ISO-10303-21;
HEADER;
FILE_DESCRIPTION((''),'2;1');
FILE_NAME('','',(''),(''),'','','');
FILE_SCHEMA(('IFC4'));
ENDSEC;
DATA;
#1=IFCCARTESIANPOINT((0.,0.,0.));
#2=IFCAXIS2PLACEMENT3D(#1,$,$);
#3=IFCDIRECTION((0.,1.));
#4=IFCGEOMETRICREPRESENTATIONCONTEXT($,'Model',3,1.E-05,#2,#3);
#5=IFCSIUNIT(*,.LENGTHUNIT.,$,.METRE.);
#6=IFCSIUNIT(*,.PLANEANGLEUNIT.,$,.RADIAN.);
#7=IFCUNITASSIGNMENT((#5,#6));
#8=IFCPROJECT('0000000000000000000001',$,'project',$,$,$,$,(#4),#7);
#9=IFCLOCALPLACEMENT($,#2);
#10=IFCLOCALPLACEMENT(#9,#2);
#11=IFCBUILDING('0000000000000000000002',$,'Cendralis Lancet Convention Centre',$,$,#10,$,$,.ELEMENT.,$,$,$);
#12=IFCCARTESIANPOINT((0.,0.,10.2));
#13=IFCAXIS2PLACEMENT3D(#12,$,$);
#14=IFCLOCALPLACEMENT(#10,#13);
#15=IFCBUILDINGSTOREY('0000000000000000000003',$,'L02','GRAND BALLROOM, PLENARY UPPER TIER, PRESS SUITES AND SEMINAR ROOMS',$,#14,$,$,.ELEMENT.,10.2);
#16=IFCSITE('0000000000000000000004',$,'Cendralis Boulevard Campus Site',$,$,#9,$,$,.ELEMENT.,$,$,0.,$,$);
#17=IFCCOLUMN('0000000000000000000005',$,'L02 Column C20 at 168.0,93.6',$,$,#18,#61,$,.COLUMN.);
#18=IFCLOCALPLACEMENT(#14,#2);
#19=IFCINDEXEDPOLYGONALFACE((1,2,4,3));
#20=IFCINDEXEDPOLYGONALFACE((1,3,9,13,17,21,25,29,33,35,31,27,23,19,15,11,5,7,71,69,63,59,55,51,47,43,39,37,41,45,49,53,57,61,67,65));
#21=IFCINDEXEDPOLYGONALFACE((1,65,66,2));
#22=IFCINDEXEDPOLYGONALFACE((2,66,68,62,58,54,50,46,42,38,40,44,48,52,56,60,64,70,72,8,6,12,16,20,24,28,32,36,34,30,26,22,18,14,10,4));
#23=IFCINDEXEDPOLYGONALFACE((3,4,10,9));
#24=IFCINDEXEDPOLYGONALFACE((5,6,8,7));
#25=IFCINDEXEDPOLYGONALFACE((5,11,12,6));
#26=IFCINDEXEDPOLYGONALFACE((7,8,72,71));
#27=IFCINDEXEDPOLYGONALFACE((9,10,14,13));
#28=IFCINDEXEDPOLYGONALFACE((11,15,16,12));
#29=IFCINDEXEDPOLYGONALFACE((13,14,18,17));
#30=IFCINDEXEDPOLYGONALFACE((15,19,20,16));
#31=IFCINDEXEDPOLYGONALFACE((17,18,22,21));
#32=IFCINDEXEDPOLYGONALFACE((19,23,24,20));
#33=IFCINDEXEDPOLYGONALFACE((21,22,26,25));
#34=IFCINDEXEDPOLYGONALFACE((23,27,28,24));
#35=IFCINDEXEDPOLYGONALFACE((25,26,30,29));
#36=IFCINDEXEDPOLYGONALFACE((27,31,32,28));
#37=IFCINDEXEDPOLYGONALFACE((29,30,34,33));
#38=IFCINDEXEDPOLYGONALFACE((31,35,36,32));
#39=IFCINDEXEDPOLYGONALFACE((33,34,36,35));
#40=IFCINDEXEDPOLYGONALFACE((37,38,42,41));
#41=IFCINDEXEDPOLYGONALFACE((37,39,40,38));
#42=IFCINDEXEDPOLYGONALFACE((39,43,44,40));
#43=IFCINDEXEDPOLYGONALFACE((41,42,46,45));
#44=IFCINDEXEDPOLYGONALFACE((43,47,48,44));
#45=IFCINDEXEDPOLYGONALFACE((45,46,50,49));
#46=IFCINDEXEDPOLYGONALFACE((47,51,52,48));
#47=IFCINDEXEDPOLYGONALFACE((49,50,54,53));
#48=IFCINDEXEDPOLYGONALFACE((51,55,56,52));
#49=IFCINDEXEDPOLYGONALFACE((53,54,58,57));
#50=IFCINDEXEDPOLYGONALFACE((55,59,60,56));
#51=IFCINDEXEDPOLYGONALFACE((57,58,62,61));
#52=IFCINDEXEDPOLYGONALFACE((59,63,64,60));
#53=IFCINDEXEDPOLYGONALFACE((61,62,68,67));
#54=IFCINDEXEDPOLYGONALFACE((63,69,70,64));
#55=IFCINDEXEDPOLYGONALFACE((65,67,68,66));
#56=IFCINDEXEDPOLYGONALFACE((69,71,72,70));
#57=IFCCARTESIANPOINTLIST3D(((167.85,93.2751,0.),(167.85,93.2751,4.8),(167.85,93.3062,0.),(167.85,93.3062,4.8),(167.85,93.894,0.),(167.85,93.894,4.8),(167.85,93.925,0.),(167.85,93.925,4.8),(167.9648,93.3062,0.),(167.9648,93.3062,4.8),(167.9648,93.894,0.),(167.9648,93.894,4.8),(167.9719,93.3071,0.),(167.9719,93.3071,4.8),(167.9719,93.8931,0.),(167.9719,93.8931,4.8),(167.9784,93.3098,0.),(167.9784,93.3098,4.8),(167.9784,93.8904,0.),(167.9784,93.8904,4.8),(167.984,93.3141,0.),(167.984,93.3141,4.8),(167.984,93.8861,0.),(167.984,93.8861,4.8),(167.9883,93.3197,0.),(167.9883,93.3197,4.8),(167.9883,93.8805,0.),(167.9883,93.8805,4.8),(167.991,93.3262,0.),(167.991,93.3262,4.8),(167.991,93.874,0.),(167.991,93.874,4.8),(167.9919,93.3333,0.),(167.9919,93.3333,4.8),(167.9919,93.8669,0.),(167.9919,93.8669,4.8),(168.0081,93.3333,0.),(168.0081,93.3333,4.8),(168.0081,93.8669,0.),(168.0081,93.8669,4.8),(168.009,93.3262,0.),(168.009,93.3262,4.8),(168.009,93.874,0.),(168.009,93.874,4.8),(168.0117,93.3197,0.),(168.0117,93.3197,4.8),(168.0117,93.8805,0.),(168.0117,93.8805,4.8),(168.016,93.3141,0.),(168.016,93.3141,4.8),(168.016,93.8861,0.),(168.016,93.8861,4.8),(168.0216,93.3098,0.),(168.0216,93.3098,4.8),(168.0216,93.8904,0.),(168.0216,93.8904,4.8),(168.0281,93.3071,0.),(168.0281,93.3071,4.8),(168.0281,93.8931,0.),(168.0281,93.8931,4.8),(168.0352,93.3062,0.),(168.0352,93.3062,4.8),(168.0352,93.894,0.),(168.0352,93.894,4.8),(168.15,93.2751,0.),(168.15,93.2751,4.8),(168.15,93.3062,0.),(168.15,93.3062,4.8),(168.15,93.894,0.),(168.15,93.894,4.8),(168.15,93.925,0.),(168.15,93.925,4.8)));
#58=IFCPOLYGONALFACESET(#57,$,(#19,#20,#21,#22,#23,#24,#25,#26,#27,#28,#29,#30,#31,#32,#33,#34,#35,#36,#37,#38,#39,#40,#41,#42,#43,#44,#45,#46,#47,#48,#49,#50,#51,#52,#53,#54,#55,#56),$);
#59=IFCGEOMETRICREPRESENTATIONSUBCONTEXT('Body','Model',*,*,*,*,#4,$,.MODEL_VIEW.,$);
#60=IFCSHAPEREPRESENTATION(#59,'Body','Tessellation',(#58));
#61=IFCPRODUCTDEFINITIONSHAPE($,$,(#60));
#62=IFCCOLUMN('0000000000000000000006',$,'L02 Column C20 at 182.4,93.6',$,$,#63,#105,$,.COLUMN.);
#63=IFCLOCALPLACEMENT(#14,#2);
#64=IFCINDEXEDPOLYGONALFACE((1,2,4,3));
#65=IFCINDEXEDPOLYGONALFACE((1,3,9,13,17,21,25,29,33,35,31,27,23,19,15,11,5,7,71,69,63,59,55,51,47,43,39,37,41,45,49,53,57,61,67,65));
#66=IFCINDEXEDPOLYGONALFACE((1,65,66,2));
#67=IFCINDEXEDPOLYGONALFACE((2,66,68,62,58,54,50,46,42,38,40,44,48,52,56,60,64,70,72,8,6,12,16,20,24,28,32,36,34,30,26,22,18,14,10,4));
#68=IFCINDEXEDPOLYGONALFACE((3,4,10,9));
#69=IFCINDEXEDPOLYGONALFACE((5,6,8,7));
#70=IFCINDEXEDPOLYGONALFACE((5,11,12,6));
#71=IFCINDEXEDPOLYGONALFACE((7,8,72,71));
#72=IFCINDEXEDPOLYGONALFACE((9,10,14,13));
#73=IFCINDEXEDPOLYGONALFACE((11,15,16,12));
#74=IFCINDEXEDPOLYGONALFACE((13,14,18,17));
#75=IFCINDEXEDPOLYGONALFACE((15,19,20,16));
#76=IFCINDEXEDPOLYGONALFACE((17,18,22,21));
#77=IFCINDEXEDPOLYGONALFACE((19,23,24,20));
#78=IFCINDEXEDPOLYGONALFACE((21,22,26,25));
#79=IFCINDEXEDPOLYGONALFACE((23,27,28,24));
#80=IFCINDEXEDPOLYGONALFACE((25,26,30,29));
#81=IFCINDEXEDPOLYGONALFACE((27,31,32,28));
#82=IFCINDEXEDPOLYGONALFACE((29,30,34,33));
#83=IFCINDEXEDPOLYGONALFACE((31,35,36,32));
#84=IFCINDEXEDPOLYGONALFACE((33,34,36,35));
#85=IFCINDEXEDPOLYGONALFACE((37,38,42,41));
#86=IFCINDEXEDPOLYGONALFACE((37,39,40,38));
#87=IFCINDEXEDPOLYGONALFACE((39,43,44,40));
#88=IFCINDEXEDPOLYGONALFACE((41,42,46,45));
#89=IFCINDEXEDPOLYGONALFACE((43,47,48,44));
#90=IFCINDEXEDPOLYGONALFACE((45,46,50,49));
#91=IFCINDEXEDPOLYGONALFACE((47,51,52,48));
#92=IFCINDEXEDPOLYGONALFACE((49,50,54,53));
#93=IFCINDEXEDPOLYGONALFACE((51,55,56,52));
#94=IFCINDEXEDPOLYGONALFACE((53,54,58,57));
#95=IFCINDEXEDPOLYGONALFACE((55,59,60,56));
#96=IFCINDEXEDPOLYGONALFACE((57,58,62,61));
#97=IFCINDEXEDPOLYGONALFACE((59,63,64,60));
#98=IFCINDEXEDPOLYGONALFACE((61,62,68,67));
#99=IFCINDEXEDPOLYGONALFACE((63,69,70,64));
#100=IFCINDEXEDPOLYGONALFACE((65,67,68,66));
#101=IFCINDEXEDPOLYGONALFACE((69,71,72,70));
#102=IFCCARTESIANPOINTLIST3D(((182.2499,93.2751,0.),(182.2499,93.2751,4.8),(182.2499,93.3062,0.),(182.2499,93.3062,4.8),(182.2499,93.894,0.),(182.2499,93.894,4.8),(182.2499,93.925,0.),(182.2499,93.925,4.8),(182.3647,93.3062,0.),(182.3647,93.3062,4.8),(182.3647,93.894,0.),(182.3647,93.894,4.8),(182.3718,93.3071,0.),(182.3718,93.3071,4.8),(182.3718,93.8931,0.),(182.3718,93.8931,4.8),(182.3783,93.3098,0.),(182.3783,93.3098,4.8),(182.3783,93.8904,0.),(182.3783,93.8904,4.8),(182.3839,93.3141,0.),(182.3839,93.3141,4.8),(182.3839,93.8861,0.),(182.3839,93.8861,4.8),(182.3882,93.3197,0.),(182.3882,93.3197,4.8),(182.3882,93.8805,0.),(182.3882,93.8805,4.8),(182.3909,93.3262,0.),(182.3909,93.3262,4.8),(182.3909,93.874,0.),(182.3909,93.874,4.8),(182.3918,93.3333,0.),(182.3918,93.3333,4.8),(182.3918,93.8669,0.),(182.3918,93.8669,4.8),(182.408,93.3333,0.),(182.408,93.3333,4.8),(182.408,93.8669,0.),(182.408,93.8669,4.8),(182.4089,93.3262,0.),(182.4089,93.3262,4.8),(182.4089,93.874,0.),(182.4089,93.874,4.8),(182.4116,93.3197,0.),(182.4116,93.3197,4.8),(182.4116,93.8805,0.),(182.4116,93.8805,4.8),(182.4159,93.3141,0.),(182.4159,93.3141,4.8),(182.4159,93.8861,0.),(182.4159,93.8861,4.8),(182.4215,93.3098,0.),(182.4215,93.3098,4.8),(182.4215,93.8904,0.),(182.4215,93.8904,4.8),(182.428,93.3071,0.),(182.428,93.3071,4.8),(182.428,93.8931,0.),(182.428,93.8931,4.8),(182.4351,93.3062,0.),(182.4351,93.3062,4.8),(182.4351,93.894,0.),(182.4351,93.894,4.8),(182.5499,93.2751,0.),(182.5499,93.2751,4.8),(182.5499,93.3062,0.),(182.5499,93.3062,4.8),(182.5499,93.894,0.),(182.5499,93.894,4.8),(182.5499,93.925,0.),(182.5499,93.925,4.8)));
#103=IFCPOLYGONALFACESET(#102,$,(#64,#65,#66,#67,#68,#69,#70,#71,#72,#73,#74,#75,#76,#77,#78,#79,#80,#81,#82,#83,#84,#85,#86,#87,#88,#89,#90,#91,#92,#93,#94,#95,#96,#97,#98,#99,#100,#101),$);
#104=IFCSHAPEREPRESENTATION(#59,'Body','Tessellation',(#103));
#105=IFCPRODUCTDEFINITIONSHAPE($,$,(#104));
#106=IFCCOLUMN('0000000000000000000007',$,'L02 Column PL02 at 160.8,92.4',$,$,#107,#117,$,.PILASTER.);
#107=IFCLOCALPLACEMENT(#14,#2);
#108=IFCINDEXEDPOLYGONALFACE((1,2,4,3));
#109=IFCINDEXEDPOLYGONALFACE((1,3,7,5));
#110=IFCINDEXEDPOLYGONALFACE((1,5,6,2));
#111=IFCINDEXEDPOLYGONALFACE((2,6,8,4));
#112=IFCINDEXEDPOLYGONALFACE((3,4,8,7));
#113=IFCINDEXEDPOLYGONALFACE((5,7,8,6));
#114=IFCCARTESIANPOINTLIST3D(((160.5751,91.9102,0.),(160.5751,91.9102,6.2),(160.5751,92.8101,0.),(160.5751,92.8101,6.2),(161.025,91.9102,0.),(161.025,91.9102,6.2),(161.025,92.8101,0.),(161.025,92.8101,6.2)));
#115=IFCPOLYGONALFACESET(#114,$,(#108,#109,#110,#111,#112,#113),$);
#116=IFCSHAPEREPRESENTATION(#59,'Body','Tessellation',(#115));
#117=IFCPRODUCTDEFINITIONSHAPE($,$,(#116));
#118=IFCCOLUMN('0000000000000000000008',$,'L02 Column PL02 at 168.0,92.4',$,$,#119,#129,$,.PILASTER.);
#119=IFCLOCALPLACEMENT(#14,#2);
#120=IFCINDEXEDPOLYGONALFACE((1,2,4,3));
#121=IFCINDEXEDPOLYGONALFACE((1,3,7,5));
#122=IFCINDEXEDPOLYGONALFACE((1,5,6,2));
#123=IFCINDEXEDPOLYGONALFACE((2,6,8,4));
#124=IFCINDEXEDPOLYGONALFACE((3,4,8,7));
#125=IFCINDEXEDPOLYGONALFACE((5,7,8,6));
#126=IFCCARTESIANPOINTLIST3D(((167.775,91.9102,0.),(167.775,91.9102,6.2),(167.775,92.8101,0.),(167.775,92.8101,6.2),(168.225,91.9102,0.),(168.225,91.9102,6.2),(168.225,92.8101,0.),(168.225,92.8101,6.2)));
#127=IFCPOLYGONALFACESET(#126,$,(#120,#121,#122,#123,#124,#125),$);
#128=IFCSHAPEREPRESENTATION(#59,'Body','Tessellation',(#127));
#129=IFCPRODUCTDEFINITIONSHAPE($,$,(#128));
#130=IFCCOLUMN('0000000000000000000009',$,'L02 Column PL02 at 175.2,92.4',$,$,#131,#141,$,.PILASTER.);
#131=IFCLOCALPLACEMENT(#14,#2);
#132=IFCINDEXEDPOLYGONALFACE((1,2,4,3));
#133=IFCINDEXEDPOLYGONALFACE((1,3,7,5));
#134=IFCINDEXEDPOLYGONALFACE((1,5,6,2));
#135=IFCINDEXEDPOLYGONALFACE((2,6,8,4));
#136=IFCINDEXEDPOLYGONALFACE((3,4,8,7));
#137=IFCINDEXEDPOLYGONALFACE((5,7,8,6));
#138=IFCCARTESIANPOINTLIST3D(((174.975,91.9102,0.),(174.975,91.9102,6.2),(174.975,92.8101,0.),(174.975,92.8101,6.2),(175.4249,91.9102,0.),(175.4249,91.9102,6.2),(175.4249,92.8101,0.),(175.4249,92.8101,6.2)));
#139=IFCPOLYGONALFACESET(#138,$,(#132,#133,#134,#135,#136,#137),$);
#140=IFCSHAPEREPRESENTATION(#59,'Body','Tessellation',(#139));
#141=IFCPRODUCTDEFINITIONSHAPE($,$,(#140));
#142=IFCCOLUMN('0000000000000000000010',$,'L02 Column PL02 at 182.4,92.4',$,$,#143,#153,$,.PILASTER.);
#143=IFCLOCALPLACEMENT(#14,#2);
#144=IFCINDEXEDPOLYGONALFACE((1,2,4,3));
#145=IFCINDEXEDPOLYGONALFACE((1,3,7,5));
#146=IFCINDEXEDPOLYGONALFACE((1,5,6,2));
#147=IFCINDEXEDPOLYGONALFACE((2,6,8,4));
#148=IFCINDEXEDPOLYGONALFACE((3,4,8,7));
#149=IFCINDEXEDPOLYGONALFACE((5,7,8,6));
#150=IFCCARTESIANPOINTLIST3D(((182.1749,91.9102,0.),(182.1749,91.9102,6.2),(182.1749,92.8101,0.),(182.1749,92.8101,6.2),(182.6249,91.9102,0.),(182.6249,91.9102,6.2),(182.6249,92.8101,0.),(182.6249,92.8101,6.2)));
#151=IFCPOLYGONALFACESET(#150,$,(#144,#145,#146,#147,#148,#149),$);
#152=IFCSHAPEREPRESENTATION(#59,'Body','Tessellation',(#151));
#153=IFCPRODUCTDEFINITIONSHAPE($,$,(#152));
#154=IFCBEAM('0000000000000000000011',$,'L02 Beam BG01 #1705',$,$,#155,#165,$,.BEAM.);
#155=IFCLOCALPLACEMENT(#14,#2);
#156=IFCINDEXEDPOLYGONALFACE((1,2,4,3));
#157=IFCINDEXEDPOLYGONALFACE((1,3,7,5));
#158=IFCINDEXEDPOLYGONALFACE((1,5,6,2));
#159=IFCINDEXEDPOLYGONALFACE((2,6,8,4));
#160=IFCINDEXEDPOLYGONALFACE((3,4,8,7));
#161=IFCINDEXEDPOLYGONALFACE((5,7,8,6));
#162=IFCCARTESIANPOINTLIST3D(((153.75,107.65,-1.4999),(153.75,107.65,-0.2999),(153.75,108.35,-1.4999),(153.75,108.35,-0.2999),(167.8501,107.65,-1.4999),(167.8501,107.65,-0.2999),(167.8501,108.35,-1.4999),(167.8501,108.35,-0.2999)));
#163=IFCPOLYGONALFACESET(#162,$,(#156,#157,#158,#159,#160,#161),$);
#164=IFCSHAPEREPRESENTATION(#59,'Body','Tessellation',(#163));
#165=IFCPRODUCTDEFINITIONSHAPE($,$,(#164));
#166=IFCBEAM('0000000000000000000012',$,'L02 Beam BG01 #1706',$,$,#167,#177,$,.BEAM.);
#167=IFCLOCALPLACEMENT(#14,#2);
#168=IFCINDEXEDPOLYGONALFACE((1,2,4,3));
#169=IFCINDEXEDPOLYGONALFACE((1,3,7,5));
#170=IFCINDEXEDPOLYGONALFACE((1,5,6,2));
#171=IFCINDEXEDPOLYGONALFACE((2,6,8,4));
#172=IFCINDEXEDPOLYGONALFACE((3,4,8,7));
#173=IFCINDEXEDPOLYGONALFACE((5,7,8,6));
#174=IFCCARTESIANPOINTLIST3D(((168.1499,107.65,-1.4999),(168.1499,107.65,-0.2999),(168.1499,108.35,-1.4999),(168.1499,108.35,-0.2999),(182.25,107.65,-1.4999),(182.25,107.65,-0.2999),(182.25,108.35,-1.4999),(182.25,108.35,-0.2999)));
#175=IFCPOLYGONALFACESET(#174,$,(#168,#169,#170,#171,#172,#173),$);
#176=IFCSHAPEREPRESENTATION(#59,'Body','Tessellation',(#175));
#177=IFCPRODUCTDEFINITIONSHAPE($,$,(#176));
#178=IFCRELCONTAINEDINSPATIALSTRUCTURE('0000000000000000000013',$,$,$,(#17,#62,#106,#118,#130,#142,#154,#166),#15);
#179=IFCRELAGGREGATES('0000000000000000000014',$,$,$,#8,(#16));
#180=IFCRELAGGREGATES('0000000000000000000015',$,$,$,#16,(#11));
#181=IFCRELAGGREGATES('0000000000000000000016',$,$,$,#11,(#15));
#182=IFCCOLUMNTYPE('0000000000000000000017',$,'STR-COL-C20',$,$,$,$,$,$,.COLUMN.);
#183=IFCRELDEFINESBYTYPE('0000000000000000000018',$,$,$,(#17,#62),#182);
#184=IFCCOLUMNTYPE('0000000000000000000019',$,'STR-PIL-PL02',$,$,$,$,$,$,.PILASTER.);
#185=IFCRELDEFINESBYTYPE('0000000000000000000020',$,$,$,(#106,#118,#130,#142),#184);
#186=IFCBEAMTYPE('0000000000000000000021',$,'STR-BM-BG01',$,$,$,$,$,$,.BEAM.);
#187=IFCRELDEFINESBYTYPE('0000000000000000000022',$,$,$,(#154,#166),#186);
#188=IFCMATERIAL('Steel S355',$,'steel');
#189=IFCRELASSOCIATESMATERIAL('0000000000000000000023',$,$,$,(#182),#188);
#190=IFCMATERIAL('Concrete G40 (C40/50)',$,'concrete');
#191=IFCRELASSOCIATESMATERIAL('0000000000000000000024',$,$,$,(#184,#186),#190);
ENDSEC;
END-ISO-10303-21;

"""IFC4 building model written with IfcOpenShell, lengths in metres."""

from ifc_helpers import new_model, si_unit, direction, frame, origin, origin_2d, place, context, subcontext, project, spatial, rectangle, i_section, extrude, material, material_profile, profile_set, type_object, element, save


model = new_model("IFC4")

# Units and contexts
model_context = context("Model", 3, precision=1e-05, world=origin(), true_north=direction((0.0, 1.0)))
body_context = subcontext(model_context, "Body", "Model", "MODEL_VIEW")
ifc_project = project(units=[si_unit("LENGTHUNIT", "METRE"), si_unit("PLANEANGLEUNIT", "RADIAN")], contexts=[model_context])

# Site, building, storey
site_placement = place(None, origin())
site = spatial("IfcSite", under=ifc_project, at=site_placement, Name="Cendralis Boulevard Campus Site", CompositionType="ELEMENT", RefElevation=0.0)
building_placement = place(site_placement, origin())
building = spatial("IfcBuilding", under=site, at=building_placement, Name="Cendralis Lancet Convention Centre", CompositionType="ELEMENT")
storey_placement = place(building_placement, frame((0.0, 0.0, 10.2)))
storey = spatial("IfcBuildingStorey", under=building, at=storey_placement, Name="L02", Description="GRAND BALLROOM, PLENARY UPPER TIER, PRESS SUITES AND SEMINAR ROOMS", CompositionType="ELEMENT", Elevation=10.2)

# Columns
ifc_material_1 = material(Name="Steel S355", Category="steel")
ifc_material_profile_1 = material_profile(ifc_material_1, i_section(OverallWidth=0.3, OverallDepth=0.6499, WebThickness=0.0161, FlangeThickness=0.031, FilletRadius=0.0271, at=origin_2d()), Name="HEB 650")
ifc_profile_set_1 = profile_set([ifc_material_profile_1], Name="Steel S355")
column_type_1 = type_object("IfcColumnType", Name="STR-COL-C20", PredefinedType="COLUMN", material=ifc_profile_set_1)
for number, where, z_axis, x_axis, name in (
    (1, (168.0, 93.6001, 0.0), (0.0, 0.0, 1.0), (1.0, 0.0, 0.0), "L02 Column C20 at 168.0,93.6"),
    (2, (182.3999, 93.6001, 0.0), (0.0, 0.0, 1.0), (1.0, 0.0, 0.0), "L02 Column C20 at 182.4,93.6"),
):
    element("IfcColumn", number, at=place(storey_placement, frame(where, z_axis=z_axis, x_axis=x_axis)), inside=storey, type_object=column_type_1, Name=name, PredefinedType="COLUMN", context=body_context, shape_type="SweptSolid", body=[
        extrude(i_section(OverallWidth=0.3, OverallDepth=0.6499, WebThickness=0.0161, FlangeThickness=0.031, FilletRadius=0.0271, at=origin_2d()), origin(), (0.0, 0.0, 1.0), 4.8),
    ])
ifc_material_2 = material(Name="Concrete G40 (C40/50)", Category="concrete")
ifc_material_profile_2 = material_profile(ifc_material_2, rectangle(XDim=0.45, YDim=0.8999, at=origin_2d()), Name="RC 450x900")
ifc_profile_set_2 = profile_set([ifc_material_profile_2], Name="Concrete G40 (C40/50)")
column_type_2 = type_object("IfcColumnType", Name="STR-PIL-PL02", PredefinedType="PILASTER", material=ifc_profile_set_2)
for number, where, z_axis, x_axis, name in (
    (3, (160.8, 92.3601, 0.0), (0.0, 0.0, 1.0), (1.0, 0.0, 0.0), "L02 Column PL02 at 160.8,92.4"),
    (4, (168.0, 92.3601, 0.0), (0.0, 0.0, 1.0), (1.0, 0.0, 0.0), "L02 Column PL02 at 168.0,92.4"),
    (5, (175.2, 92.3601, 0.0), (0.0, 0.0, 1.0), (1.0, 0.0, 0.0), "L02 Column PL02 at 175.2,92.4"),
    (6, (182.3999, 92.3601, 0.0), (0.0, 0.0, 1.0), (1.0, 0.0, 0.0), "L02 Column PL02 at 182.4,92.4"),
):
    element("IfcColumn", number, at=place(storey_placement, frame(where, z_axis=z_axis, x_axis=x_axis)), inside=storey, type_object=column_type_2, Name=name, PredefinedType="PILASTER", context=body_context, shape_type="SweptSolid", body=[
        extrude(rectangle(XDim=0.45, YDim=0.8999, at=origin_2d()), origin(), (0.0, 0.0, 1.0), 6.2),
    ])

# Beams
ifc_material_profile_3 = material_profile(ifc_material_2, rectangle(XDim=0.7, YDim=1.2, at=origin_2d()), Name="RCB 700x1200")
ifc_profile_set_3 = profile_set([ifc_material_profile_3], Name="Concrete G40 (C40/50)")
beam_type_1 = type_object("IfcBeamType", Name="STR-BM-BG01", PredefinedType="BEAM", material=ifc_profile_set_3)
for number, where, z_axis, x_axis, name in (
    (7, (153.75, 108.0, -0.8999), (1.0, 0.0, 0.0), (0.0, 1.0, 0.0), "L02 Beam BG01 #1705"),
    (8, (168.1499, 108.0, -0.8999), (1.0, 0.0, 0.0), (0.0, 1.0, 0.0), "L02 Beam BG01 #1706"),
):
    element("IfcBeam", number, at=place(storey_placement, frame(where, z_axis=z_axis, x_axis=x_axis)), inside=storey, type_object=beam_type_1, Name=name, PredefinedType="BEAM", context=body_context, shape_type="SweptSolid", body=[
        extrude(rectangle(XDim=0.7, YDim=1.2, at=origin_2d()), origin(), (0.0, 0.0, 1.0), 14.1001),
    ])

save(model, "model.ifc")
